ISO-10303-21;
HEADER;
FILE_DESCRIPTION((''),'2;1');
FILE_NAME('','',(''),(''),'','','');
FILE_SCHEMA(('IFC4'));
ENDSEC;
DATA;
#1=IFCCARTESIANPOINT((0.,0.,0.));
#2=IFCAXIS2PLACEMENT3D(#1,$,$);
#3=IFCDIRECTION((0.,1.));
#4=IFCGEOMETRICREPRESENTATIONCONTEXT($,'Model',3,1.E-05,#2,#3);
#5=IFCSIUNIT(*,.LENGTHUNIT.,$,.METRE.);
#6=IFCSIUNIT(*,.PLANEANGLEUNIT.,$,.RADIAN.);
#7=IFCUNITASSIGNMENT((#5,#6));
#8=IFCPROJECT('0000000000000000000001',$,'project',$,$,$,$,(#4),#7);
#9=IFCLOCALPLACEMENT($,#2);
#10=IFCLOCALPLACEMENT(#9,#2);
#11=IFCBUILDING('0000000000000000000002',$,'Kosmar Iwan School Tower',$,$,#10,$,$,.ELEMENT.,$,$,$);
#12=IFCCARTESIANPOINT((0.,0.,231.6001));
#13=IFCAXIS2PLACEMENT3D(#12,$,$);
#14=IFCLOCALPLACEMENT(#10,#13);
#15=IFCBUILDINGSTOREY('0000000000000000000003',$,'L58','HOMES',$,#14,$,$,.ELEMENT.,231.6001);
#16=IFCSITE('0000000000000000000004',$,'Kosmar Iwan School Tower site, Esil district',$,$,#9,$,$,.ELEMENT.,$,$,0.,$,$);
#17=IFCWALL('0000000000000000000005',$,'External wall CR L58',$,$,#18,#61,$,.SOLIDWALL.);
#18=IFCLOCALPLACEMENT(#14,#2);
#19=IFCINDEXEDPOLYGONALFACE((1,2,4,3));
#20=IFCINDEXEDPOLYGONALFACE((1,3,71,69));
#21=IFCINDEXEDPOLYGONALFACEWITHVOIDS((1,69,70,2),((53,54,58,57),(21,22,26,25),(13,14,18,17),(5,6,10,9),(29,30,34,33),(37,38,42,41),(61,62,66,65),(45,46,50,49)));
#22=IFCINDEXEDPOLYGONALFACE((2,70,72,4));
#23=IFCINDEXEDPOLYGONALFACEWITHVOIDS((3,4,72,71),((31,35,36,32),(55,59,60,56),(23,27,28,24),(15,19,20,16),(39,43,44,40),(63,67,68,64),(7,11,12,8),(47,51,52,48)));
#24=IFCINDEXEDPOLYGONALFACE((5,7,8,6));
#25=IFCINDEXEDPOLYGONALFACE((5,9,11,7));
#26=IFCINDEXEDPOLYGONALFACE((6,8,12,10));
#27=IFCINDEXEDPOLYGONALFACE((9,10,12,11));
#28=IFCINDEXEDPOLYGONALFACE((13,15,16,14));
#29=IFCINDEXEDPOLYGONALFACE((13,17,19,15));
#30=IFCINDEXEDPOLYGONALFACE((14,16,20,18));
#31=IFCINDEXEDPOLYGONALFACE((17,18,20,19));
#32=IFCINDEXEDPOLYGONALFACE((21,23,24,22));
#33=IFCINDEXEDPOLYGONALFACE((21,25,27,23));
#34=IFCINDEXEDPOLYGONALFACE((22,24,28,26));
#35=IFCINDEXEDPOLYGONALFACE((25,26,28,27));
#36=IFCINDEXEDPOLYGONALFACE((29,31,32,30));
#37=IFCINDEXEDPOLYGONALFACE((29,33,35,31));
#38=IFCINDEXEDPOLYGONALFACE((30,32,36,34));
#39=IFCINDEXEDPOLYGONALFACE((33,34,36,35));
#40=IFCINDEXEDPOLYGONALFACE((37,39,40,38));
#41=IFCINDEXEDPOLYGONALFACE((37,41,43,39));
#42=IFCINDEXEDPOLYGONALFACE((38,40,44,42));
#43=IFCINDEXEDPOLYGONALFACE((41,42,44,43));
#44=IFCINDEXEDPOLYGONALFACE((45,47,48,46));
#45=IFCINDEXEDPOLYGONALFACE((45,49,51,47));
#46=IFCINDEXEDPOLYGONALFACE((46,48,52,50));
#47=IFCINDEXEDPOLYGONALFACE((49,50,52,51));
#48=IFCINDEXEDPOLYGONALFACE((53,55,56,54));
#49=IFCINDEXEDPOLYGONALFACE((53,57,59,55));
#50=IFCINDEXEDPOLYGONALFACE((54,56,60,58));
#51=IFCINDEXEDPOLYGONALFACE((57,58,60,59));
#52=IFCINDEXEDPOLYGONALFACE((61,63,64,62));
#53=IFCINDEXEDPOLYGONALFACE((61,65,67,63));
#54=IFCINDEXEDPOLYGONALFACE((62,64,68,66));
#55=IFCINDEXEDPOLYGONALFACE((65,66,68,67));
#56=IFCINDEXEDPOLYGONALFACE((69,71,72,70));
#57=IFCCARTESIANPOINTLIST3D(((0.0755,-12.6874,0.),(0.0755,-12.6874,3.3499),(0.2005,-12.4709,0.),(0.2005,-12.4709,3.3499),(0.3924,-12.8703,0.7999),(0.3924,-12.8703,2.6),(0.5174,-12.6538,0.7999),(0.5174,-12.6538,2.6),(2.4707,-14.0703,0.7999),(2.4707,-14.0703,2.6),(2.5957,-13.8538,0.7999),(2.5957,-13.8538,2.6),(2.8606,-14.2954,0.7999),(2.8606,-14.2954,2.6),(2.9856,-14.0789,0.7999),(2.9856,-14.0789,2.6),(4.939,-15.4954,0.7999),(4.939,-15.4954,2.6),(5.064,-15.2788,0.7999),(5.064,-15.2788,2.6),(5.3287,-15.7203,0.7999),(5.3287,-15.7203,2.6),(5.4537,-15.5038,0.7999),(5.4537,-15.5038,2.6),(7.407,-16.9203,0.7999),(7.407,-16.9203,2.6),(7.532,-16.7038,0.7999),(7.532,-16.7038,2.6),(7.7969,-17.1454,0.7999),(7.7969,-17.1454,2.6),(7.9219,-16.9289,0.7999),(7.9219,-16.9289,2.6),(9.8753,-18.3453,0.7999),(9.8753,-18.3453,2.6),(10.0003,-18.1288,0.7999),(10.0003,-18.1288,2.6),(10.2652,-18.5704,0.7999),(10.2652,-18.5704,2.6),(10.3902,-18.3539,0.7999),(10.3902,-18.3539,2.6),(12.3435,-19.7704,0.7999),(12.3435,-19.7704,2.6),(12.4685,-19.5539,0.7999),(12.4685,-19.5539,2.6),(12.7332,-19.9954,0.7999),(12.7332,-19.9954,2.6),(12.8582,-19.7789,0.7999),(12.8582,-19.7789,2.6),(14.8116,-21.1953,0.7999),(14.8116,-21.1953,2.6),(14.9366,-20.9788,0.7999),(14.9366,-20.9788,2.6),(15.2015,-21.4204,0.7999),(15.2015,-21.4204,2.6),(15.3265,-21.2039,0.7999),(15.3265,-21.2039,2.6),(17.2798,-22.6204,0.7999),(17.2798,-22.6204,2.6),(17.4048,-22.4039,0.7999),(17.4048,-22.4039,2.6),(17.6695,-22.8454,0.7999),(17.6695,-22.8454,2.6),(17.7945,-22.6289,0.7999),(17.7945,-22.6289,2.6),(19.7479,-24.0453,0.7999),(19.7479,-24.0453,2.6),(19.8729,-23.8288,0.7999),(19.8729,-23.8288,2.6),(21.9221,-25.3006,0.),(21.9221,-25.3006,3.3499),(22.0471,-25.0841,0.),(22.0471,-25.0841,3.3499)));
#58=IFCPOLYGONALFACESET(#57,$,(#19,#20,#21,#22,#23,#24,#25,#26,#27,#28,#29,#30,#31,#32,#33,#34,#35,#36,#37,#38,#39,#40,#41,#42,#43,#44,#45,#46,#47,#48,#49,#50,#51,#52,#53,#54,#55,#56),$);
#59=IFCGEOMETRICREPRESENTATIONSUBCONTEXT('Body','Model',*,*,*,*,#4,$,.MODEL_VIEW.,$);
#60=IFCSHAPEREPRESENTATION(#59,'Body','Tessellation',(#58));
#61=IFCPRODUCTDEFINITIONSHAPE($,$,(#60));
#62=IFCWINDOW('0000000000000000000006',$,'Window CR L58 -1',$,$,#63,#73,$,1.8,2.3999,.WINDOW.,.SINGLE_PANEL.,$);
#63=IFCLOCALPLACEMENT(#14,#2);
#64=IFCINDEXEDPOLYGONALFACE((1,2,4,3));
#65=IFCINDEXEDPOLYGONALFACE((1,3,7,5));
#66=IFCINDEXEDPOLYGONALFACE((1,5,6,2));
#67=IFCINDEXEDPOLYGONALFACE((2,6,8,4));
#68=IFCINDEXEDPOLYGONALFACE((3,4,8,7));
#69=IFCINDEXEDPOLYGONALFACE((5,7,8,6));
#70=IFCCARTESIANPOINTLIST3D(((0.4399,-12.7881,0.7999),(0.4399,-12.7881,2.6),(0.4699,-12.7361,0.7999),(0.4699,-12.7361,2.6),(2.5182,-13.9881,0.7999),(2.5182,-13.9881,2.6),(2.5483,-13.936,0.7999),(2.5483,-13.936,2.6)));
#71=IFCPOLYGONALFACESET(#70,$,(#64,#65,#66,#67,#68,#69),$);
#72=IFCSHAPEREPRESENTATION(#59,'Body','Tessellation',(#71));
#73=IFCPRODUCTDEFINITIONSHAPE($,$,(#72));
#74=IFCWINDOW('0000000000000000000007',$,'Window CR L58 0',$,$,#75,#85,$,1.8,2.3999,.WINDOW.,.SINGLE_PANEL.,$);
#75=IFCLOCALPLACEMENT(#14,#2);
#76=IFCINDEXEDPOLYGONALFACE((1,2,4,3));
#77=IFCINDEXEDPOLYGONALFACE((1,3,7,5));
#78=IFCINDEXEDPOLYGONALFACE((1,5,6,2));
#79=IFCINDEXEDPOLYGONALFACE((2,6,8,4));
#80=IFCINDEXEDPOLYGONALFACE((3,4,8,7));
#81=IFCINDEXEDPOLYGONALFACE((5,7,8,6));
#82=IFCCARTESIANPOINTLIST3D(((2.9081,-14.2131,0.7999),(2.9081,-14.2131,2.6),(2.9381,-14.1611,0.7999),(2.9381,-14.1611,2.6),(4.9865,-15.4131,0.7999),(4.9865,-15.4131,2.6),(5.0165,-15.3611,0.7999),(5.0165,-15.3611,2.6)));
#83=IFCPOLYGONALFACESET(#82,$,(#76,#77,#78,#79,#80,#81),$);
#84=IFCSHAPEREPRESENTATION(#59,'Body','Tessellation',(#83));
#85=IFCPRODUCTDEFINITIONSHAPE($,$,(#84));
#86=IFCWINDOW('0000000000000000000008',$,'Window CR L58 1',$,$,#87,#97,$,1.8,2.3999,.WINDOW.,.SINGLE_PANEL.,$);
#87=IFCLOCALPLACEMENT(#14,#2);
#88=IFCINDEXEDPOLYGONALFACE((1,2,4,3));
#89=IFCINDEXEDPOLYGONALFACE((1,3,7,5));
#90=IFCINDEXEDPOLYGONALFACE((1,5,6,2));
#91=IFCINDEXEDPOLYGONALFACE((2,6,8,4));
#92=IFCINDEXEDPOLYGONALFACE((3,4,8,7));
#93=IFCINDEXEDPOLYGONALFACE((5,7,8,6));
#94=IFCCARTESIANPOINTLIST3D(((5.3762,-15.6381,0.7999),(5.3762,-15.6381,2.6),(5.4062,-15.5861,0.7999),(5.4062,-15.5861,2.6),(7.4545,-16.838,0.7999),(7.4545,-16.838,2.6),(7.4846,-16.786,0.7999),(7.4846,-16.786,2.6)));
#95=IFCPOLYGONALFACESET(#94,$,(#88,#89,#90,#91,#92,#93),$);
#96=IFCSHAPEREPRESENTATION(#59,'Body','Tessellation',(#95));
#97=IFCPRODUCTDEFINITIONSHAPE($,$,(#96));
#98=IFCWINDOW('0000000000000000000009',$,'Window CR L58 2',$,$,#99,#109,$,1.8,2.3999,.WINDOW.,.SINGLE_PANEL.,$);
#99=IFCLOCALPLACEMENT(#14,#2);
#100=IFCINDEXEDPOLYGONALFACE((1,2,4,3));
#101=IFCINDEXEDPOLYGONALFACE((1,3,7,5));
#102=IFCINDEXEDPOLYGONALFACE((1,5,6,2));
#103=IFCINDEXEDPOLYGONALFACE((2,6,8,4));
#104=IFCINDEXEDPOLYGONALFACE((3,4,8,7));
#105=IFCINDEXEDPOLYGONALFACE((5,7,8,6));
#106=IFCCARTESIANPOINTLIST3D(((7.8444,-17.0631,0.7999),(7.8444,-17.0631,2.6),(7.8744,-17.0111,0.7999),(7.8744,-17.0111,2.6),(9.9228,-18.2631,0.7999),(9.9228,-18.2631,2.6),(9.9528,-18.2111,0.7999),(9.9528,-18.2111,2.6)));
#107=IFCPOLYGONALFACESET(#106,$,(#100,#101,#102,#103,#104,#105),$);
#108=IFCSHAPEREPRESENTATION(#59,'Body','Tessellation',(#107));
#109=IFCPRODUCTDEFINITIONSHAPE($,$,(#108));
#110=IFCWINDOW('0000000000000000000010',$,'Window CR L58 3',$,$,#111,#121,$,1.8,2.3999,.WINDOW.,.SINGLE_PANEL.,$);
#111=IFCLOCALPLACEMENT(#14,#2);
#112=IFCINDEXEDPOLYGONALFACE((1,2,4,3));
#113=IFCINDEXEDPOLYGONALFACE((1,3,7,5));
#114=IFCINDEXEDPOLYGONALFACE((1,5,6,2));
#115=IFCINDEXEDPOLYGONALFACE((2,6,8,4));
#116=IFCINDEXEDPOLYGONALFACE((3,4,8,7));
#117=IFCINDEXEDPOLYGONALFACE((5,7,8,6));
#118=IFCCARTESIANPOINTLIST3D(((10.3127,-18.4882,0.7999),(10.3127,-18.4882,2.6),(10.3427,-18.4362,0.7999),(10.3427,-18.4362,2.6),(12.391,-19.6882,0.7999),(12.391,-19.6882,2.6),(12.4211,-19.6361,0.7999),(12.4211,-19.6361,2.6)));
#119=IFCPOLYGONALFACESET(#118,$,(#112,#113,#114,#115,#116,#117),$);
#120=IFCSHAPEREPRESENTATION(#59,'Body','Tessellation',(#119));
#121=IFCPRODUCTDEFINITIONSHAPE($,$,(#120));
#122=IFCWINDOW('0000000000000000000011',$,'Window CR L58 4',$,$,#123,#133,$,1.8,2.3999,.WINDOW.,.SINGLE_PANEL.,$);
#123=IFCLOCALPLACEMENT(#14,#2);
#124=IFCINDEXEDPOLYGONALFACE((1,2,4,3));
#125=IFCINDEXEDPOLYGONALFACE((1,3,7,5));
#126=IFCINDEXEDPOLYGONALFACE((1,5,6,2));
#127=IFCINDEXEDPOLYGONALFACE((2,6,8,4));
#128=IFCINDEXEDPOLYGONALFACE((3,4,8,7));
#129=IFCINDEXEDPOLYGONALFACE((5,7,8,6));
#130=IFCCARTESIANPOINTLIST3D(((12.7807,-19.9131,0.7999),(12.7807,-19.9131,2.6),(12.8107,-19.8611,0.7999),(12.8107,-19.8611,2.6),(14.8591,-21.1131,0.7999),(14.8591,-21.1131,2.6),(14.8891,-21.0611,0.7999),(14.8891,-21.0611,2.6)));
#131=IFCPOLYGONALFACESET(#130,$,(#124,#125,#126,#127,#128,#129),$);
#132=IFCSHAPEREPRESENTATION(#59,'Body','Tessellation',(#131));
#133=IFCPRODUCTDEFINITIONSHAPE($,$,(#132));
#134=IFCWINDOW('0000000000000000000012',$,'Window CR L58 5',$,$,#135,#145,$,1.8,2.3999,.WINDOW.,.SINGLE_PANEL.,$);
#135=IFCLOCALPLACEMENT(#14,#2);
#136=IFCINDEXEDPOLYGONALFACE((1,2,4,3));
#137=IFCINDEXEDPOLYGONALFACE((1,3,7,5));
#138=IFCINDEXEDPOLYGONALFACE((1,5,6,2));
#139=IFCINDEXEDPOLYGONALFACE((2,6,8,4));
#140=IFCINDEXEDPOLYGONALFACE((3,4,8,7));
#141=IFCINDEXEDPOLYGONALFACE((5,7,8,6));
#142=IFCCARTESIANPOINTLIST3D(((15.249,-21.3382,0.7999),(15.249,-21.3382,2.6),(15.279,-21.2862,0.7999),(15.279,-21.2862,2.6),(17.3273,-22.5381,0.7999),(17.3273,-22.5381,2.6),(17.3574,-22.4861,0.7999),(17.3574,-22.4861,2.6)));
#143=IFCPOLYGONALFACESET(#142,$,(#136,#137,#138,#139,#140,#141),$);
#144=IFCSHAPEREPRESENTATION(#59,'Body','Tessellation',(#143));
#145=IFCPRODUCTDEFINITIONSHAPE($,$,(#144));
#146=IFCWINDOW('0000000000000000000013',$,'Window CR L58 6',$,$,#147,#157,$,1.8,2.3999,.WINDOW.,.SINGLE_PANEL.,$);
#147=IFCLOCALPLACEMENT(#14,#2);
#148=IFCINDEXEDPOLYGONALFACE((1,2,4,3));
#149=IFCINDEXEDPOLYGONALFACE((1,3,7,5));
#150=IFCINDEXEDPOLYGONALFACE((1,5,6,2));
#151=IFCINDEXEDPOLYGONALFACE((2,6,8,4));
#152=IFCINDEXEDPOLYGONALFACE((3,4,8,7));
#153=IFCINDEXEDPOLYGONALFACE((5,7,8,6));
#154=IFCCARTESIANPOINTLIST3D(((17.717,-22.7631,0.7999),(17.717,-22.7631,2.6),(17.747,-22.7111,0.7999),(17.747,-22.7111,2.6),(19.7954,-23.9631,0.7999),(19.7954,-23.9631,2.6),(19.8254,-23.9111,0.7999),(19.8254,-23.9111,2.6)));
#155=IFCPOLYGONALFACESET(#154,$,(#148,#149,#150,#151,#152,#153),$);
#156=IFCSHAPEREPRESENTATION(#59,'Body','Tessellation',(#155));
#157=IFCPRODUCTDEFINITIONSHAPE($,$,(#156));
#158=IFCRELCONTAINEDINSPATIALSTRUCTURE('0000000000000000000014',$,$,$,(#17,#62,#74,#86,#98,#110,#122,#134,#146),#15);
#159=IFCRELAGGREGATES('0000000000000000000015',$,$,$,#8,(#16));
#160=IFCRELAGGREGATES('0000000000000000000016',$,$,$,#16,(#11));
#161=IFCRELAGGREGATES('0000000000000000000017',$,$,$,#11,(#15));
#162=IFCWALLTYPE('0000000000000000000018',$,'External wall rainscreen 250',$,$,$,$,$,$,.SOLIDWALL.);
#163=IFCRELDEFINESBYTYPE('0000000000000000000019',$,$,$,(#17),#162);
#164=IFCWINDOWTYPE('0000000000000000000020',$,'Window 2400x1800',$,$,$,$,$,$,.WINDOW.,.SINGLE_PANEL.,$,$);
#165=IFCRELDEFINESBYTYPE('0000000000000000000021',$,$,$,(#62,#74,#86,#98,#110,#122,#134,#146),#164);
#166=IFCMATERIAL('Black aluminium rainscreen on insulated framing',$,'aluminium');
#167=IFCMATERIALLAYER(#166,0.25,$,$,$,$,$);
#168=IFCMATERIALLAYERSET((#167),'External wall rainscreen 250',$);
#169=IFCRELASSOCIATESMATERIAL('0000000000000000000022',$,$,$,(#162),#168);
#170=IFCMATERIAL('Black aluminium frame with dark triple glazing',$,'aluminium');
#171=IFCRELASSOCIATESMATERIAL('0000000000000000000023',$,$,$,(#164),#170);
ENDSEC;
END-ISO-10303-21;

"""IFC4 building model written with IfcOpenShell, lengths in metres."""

from ifc_helpers import new_model, si_unit, direction, frame, frame_2d, origin, place, context, subcontext, project, spatial, rectangle, extrude, material, layer, layer_set, type_object, element, fill, save


model = new_model("IFC4")

# Units and contexts
model_context = context("Model", 3, precision=1e-05, world=origin(), true_north=direction((0.0, 1.0)))
body_context = subcontext(model_context, "Body", "Model", "MODEL_VIEW")
ifc_project = project(units=[si_unit("LENGTHUNIT", "METRE"), si_unit("PLANEANGLEUNIT", "RADIAN")], contexts=[model_context])

# Site, building, storey
site_placement = place(None, origin())
site = spatial("IfcSite", under=ifc_project, at=site_placement, Name="Kosmar Iwan School Tower site, Esil district", CompositionType="ELEMENT", RefElevation=0.0)
building_placement = place(site_placement, origin())
building = spatial("IfcBuilding", under=site, at=building_placement, Name="Kosmar Iwan School Tower", CompositionType="ELEMENT")
storey_placement = place(building_placement, frame((0.0, 0.0, 231.6001)))
storey = spatial("IfcBuildingStorey", under=building, at=storey_placement, Name="L58", Description="HOMES", CompositionType="ELEMENT", Elevation=231.6001)

# Wall, openings, windows
ifc_material_1 = material(Name="Black aluminium rainscreen on insulated framing", Category="aluminium")
ifc_layer_1 = layer(ifc_material_1, 0.25)
ifc_layer_set_1 = layer_set([ifc_layer_1], Name="External wall rainscreen 250")
wall_type_1 = type_object("IfcWallType", Name="External wall rainscreen 250", PredefinedType="SOLIDWALL", material=ifc_layer_set_1)
ifc_material_2 = material(Name="Black aluminium frame with dark triple glazing", Category="aluminium")
window_type = type_object("IfcWindowType", Name="Window 2400x1800", PartitioningType="SINGLE_PANEL", PredefinedType="WINDOW", material=ifc_material_2)
wall_1_placement = place(storey_placement, frame((0.1379, -12.5791, 0.0), z_axis=(0.0, 0.0, 1.0), x_axis=(0.866024, -0.500003, 0.0)))
wall_1 = element("IfcWall", 1, at=wall_1_placement, inside=storey, type_object=wall_type_1, Name="External wall CR L58", PredefinedType="SOLIDWALL", context=body_context, shape_type="SweptSolid", body=[
    extrude(rectangle(XDim=25.2263, YDim=0.25, at=frame_2d((12.6133, 0.0))), origin(), (0.0, 0.0, 1.0), 3.3499),
])
opening_1_placement = place(wall_1_placement, frame((0.366, 0.0, 0.8)))
opening_1 = element("IfcOpeningElement", 2, at=opening_1_placement, cuts=wall_1, PredefinedType="OPENING", context=body_context, shape_type="SweptSolid", body=[
    extrude(rectangle(XDim=2.3999, YDim=1.8, at=frame_2d((1.2, 0.8999))), frame((0.0, 0.137, 0.0), z_axis=(0.0, -1.0, 0.0), x_axis=(1.0, 0.0, 0.0)), (0.0, 0.0, 1.0), 0.2739),
])
opening_2_placement = place(wall_1_placement, frame((3.2161, 0.0, 0.8)))
opening_2 = element("IfcOpeningElement", 3, at=opening_2_placement, cuts=wall_1, PredefinedType="OPENING", context=body_context, shape_type="SweptSolid", body=[
    extrude(rectangle(XDim=2.3999, YDim=1.8, at=frame_2d((1.2, 0.8999))), frame((0.0, 0.137, 0.0), z_axis=(0.0, -1.0, 0.0), x_axis=(1.0, 0.0, 0.0)), (0.0, 0.0, 1.0), 0.2739),
])
opening_3_placement = place(wall_1_placement, frame((6.0659, 0.0, 0.8)))
opening_3 = element("IfcOpeningElement", 4, at=opening_3_placement, cuts=wall_1, PredefinedType="OPENING", context=body_context, shape_type="SweptSolid", body=[
    extrude(rectangle(XDim=2.3999, YDim=1.8, at=frame_2d((1.2, 0.8999))), frame((0.0, 0.137, 0.0), z_axis=(0.0, -1.0, 0.0), x_axis=(1.0, 0.0, 0.0)), (0.0, 0.0, 1.0), 0.2739),
])
opening_4_placement = place(wall_1_placement, frame((8.916, 0.0, 0.8)))
opening_4 = element("IfcOpeningElement", 5, at=opening_4_placement, cuts=wall_1, PredefinedType="OPENING", context=body_context, shape_type="SweptSolid", body=[
    extrude(rectangle(XDim=2.3999, YDim=1.8, at=frame_2d((1.2, 0.8999))), frame((0.0, 0.137, 0.0), z_axis=(0.0, -1.0, 0.0), x_axis=(1.0, 0.0, 0.0)), (0.0, 0.0, 1.0), 0.2739),
])
opening_5_placement = place(wall_1_placement, frame((11.7661, 0.0, 0.8)))
opening_5 = element("IfcOpeningElement", 6, at=opening_5_placement, cuts=wall_1, PredefinedType="OPENING", context=body_context, shape_type="SweptSolid", body=[
    extrude(rectangle(XDim=2.3999, YDim=1.8, at=frame_2d((1.2, 0.8999))), frame((0.0, 0.137, 0.0), z_axis=(0.0, -1.0, 0.0), x_axis=(1.0, 0.0, 0.0)), (0.0, 0.0, 1.0), 0.2739),
])
opening_6_placement = place(wall_1_placement, frame((14.616, 0.0, 0.8)))
opening_6 = element("IfcOpeningElement", 7, at=opening_6_placement, cuts=wall_1, PredefinedType="OPENING", context=body_context, shape_type="SweptSolid", body=[
    extrude(rectangle(XDim=2.3999, YDim=1.8, at=frame_2d((1.2, 0.8999))), frame((0.0, 0.137, 0.0), z_axis=(0.0, -1.0, 0.0), x_axis=(1.0, 0.0, 0.0)), (0.0, 0.0, 1.0), 0.2739),
])
opening_7_placement = place(wall_1_placement, frame((17.4661, 0.0, 0.8)))
opening_7 = element("IfcOpeningElement", 8, at=opening_7_placement, cuts=wall_1, PredefinedType="OPENING", context=body_context, shape_type="SweptSolid", body=[
    extrude(rectangle(XDim=2.3999, YDim=1.8, at=frame_2d((1.2, 0.8999))), frame((0.0, 0.137, 0.0), z_axis=(0.0, -1.0, 0.0), x_axis=(1.0, 0.0, 0.0)), (0.0, 0.0, 1.0), 0.2739),
])
opening_8_placement = place(wall_1_placement, frame((20.3159, 0.0, 0.8)))
opening_8 = element("IfcOpeningElement", 9, at=opening_8_placement, cuts=wall_1, PredefinedType="OPENING", context=body_context, shape_type="SweptSolid", body=[
    extrude(rectangle(XDim=2.3999, YDim=1.8, at=frame_2d((1.2, 0.8999))), frame((0.0, 0.137, 0.0), z_axis=(0.0, -1.0, 0.0), x_axis=(1.0, 0.0, 0.0)), (0.0, 0.0, 1.0), 0.2739),
])
window_1_placement = place(opening_1_placement, origin())
window_1 = element("IfcWindow", 10, at=window_1_placement, inside=storey, type_object=window_type, Name="Window CR L58 -1", OverallHeight=1.8, OverallWidth=2.3999, PartitioningType="SINGLE_PANEL", PredefinedType="WINDOW", context=body_context, shape_type="SweptSolid", body=[
    extrude(rectangle(XDim=2.3999, YDim=1.8, at=frame_2d((1.2, 0.8999))), frame((0.0, 0.03, 0.0), z_axis=(0.0, -1.0, 0.0), x_axis=(1.0, 0.0, 0.0)), (0.0, 0.0, 1.0), 0.0601),
])
fill(opening_1, window_1)
window_2_placement = place(opening_2_placement, origin())
window_2 = element("IfcWindow", 11, at=window_2_placement, inside=storey, type_object=window_type, Name="Window CR L58 0", OverallHeight=1.8, OverallWidth=2.3999, PartitioningType="SINGLE_PANEL", PredefinedType="WINDOW", context=body_context, shape_type="SweptSolid", body=[
    extrude(rectangle(XDim=2.3999, YDim=1.8, at=frame_2d((1.2, 0.8999))), frame((0.0, 0.03, 0.0), z_axis=(0.0, -1.0, 0.0), x_axis=(1.0, 0.0, 0.0)), (0.0, 0.0, 1.0), 0.0601),
])
fill(opening_2, window_2)
window_3_placement = place(opening_3_placement, origin())
window_3 = element("IfcWindow", 12, at=window_3_placement, inside=storey, type_object=window_type, Name="Window CR L58 1", OverallHeight=1.8, OverallWidth=2.3999, PartitioningType="SINGLE_PANEL", PredefinedType="WINDOW", context=body_context, shape_type="SweptSolid", body=[
    extrude(rectangle(XDim=2.3999, YDim=1.8, at=frame_2d((1.2, 0.8999))), frame((0.0, 0.03, 0.0), z_axis=(0.0, -1.0, 0.0), x_axis=(1.0, 0.0, 0.0)), (0.0, 0.0, 1.0), 0.0601),
])
fill(opening_3, window_3)
window_4_placement = place(opening_4_placement, origin())
window_4 = element("IfcWindow", 13, at=window_4_placement, inside=storey, type_object=window_type, Name="Window CR L58 2", OverallHeight=1.8, OverallWidth=2.3999, PartitioningType="SINGLE_PANEL", PredefinedType="WINDOW", context=body_context, shape_type="SweptSolid", body=[
    extrude(rectangle(XDim=2.3999, YDim=1.8, at=frame_2d((1.2, 0.8999))), frame((0.0, 0.03, 0.0), z_axis=(0.0, -1.0, 0.0), x_axis=(1.0, 0.0, 0.0)), (0.0, 0.0, 1.0), 0.0601),
])
fill(opening_4, window_4)
window_5_placement = place(opening_5_placement, origin())
window_5 = element("IfcWindow", 14, at=window_5_placement, inside=storey, type_object=window_type, Name="Window CR L58 3", OverallHeight=1.8, OverallWidth=2.3999, PartitioningType="SINGLE_PANEL", PredefinedType="WINDOW", context=body_context, shape_type="SweptSolid", body=[
    extrude(rectangle(XDim=2.3999, YDim=1.8, at=frame_2d((1.2, 0.8999))), frame((0.0, 0.03, 0.0), z_axis=(0.0, -1.0, 0.0), x_axis=(1.0, 0.0, 0.0)), (0.0, 0.0, 1.0), 0.0601),
])
fill(opening_5, window_5)
window_6_placement = place(opening_6_placement, origin())
window_6 = element("IfcWindow", 15, at=window_6_placement, inside=storey, type_object=window_type, Name="Window CR L58 4", OverallHeight=1.8, OverallWidth=2.3999, PartitioningType="SINGLE_PANEL", PredefinedType="WINDOW", context=body_context, shape_type="SweptSolid", body=[
    extrude(rectangle(XDim=2.3999, YDim=1.8, at=frame_2d((1.2, 0.8999))), frame((0.0, 0.03, 0.0), z_axis=(0.0, -1.0, 0.0), x_axis=(1.0, 0.0, 0.0)), (0.0, 0.0, 1.0), 0.0601),
])
fill(opening_6, window_6)
window_7_placement = place(opening_7_placement, origin())
window_7 = element("IfcWindow", 16, at=window_7_placement, inside=storey, type_object=window_type, Name="Window CR L58 5", OverallHeight=1.8, OverallWidth=2.3999, PartitioningType="SINGLE_PANEL", PredefinedType="WINDOW", context=body_context, shape_type="SweptSolid", body=[
    extrude(rectangle(XDim=2.3999, YDim=1.8, at=frame_2d((1.2, 0.8999))), frame((0.0, 0.03, 0.0), z_axis=(0.0, -1.0, 0.0), x_axis=(1.0, 0.0, 0.0)), (0.0, 0.0, 1.0), 0.0601),
])
fill(opening_7, window_7)
window_8_placement = place(opening_8_placement, origin())
window_8 = element("IfcWindow", 17, at=window_8_placement, inside=storey, type_object=window_type, Name="Window CR L58 6", OverallHeight=1.8, OverallWidth=2.3999, PartitioningType="SINGLE_PANEL", PredefinedType="WINDOW", context=body_context, shape_type="SweptSolid", body=[
    extrude(rectangle(XDim=2.3999, YDim=1.8, at=frame_2d((1.2, 0.8999))), frame((0.0, 0.03, 0.0), z_axis=(0.0, -1.0, 0.0), x_axis=(1.0, 0.0, 0.0)), (0.0, 0.0, 1.0), 0.0601),
])
fill(opening_8, window_8)

save(model, "model.ifc")
